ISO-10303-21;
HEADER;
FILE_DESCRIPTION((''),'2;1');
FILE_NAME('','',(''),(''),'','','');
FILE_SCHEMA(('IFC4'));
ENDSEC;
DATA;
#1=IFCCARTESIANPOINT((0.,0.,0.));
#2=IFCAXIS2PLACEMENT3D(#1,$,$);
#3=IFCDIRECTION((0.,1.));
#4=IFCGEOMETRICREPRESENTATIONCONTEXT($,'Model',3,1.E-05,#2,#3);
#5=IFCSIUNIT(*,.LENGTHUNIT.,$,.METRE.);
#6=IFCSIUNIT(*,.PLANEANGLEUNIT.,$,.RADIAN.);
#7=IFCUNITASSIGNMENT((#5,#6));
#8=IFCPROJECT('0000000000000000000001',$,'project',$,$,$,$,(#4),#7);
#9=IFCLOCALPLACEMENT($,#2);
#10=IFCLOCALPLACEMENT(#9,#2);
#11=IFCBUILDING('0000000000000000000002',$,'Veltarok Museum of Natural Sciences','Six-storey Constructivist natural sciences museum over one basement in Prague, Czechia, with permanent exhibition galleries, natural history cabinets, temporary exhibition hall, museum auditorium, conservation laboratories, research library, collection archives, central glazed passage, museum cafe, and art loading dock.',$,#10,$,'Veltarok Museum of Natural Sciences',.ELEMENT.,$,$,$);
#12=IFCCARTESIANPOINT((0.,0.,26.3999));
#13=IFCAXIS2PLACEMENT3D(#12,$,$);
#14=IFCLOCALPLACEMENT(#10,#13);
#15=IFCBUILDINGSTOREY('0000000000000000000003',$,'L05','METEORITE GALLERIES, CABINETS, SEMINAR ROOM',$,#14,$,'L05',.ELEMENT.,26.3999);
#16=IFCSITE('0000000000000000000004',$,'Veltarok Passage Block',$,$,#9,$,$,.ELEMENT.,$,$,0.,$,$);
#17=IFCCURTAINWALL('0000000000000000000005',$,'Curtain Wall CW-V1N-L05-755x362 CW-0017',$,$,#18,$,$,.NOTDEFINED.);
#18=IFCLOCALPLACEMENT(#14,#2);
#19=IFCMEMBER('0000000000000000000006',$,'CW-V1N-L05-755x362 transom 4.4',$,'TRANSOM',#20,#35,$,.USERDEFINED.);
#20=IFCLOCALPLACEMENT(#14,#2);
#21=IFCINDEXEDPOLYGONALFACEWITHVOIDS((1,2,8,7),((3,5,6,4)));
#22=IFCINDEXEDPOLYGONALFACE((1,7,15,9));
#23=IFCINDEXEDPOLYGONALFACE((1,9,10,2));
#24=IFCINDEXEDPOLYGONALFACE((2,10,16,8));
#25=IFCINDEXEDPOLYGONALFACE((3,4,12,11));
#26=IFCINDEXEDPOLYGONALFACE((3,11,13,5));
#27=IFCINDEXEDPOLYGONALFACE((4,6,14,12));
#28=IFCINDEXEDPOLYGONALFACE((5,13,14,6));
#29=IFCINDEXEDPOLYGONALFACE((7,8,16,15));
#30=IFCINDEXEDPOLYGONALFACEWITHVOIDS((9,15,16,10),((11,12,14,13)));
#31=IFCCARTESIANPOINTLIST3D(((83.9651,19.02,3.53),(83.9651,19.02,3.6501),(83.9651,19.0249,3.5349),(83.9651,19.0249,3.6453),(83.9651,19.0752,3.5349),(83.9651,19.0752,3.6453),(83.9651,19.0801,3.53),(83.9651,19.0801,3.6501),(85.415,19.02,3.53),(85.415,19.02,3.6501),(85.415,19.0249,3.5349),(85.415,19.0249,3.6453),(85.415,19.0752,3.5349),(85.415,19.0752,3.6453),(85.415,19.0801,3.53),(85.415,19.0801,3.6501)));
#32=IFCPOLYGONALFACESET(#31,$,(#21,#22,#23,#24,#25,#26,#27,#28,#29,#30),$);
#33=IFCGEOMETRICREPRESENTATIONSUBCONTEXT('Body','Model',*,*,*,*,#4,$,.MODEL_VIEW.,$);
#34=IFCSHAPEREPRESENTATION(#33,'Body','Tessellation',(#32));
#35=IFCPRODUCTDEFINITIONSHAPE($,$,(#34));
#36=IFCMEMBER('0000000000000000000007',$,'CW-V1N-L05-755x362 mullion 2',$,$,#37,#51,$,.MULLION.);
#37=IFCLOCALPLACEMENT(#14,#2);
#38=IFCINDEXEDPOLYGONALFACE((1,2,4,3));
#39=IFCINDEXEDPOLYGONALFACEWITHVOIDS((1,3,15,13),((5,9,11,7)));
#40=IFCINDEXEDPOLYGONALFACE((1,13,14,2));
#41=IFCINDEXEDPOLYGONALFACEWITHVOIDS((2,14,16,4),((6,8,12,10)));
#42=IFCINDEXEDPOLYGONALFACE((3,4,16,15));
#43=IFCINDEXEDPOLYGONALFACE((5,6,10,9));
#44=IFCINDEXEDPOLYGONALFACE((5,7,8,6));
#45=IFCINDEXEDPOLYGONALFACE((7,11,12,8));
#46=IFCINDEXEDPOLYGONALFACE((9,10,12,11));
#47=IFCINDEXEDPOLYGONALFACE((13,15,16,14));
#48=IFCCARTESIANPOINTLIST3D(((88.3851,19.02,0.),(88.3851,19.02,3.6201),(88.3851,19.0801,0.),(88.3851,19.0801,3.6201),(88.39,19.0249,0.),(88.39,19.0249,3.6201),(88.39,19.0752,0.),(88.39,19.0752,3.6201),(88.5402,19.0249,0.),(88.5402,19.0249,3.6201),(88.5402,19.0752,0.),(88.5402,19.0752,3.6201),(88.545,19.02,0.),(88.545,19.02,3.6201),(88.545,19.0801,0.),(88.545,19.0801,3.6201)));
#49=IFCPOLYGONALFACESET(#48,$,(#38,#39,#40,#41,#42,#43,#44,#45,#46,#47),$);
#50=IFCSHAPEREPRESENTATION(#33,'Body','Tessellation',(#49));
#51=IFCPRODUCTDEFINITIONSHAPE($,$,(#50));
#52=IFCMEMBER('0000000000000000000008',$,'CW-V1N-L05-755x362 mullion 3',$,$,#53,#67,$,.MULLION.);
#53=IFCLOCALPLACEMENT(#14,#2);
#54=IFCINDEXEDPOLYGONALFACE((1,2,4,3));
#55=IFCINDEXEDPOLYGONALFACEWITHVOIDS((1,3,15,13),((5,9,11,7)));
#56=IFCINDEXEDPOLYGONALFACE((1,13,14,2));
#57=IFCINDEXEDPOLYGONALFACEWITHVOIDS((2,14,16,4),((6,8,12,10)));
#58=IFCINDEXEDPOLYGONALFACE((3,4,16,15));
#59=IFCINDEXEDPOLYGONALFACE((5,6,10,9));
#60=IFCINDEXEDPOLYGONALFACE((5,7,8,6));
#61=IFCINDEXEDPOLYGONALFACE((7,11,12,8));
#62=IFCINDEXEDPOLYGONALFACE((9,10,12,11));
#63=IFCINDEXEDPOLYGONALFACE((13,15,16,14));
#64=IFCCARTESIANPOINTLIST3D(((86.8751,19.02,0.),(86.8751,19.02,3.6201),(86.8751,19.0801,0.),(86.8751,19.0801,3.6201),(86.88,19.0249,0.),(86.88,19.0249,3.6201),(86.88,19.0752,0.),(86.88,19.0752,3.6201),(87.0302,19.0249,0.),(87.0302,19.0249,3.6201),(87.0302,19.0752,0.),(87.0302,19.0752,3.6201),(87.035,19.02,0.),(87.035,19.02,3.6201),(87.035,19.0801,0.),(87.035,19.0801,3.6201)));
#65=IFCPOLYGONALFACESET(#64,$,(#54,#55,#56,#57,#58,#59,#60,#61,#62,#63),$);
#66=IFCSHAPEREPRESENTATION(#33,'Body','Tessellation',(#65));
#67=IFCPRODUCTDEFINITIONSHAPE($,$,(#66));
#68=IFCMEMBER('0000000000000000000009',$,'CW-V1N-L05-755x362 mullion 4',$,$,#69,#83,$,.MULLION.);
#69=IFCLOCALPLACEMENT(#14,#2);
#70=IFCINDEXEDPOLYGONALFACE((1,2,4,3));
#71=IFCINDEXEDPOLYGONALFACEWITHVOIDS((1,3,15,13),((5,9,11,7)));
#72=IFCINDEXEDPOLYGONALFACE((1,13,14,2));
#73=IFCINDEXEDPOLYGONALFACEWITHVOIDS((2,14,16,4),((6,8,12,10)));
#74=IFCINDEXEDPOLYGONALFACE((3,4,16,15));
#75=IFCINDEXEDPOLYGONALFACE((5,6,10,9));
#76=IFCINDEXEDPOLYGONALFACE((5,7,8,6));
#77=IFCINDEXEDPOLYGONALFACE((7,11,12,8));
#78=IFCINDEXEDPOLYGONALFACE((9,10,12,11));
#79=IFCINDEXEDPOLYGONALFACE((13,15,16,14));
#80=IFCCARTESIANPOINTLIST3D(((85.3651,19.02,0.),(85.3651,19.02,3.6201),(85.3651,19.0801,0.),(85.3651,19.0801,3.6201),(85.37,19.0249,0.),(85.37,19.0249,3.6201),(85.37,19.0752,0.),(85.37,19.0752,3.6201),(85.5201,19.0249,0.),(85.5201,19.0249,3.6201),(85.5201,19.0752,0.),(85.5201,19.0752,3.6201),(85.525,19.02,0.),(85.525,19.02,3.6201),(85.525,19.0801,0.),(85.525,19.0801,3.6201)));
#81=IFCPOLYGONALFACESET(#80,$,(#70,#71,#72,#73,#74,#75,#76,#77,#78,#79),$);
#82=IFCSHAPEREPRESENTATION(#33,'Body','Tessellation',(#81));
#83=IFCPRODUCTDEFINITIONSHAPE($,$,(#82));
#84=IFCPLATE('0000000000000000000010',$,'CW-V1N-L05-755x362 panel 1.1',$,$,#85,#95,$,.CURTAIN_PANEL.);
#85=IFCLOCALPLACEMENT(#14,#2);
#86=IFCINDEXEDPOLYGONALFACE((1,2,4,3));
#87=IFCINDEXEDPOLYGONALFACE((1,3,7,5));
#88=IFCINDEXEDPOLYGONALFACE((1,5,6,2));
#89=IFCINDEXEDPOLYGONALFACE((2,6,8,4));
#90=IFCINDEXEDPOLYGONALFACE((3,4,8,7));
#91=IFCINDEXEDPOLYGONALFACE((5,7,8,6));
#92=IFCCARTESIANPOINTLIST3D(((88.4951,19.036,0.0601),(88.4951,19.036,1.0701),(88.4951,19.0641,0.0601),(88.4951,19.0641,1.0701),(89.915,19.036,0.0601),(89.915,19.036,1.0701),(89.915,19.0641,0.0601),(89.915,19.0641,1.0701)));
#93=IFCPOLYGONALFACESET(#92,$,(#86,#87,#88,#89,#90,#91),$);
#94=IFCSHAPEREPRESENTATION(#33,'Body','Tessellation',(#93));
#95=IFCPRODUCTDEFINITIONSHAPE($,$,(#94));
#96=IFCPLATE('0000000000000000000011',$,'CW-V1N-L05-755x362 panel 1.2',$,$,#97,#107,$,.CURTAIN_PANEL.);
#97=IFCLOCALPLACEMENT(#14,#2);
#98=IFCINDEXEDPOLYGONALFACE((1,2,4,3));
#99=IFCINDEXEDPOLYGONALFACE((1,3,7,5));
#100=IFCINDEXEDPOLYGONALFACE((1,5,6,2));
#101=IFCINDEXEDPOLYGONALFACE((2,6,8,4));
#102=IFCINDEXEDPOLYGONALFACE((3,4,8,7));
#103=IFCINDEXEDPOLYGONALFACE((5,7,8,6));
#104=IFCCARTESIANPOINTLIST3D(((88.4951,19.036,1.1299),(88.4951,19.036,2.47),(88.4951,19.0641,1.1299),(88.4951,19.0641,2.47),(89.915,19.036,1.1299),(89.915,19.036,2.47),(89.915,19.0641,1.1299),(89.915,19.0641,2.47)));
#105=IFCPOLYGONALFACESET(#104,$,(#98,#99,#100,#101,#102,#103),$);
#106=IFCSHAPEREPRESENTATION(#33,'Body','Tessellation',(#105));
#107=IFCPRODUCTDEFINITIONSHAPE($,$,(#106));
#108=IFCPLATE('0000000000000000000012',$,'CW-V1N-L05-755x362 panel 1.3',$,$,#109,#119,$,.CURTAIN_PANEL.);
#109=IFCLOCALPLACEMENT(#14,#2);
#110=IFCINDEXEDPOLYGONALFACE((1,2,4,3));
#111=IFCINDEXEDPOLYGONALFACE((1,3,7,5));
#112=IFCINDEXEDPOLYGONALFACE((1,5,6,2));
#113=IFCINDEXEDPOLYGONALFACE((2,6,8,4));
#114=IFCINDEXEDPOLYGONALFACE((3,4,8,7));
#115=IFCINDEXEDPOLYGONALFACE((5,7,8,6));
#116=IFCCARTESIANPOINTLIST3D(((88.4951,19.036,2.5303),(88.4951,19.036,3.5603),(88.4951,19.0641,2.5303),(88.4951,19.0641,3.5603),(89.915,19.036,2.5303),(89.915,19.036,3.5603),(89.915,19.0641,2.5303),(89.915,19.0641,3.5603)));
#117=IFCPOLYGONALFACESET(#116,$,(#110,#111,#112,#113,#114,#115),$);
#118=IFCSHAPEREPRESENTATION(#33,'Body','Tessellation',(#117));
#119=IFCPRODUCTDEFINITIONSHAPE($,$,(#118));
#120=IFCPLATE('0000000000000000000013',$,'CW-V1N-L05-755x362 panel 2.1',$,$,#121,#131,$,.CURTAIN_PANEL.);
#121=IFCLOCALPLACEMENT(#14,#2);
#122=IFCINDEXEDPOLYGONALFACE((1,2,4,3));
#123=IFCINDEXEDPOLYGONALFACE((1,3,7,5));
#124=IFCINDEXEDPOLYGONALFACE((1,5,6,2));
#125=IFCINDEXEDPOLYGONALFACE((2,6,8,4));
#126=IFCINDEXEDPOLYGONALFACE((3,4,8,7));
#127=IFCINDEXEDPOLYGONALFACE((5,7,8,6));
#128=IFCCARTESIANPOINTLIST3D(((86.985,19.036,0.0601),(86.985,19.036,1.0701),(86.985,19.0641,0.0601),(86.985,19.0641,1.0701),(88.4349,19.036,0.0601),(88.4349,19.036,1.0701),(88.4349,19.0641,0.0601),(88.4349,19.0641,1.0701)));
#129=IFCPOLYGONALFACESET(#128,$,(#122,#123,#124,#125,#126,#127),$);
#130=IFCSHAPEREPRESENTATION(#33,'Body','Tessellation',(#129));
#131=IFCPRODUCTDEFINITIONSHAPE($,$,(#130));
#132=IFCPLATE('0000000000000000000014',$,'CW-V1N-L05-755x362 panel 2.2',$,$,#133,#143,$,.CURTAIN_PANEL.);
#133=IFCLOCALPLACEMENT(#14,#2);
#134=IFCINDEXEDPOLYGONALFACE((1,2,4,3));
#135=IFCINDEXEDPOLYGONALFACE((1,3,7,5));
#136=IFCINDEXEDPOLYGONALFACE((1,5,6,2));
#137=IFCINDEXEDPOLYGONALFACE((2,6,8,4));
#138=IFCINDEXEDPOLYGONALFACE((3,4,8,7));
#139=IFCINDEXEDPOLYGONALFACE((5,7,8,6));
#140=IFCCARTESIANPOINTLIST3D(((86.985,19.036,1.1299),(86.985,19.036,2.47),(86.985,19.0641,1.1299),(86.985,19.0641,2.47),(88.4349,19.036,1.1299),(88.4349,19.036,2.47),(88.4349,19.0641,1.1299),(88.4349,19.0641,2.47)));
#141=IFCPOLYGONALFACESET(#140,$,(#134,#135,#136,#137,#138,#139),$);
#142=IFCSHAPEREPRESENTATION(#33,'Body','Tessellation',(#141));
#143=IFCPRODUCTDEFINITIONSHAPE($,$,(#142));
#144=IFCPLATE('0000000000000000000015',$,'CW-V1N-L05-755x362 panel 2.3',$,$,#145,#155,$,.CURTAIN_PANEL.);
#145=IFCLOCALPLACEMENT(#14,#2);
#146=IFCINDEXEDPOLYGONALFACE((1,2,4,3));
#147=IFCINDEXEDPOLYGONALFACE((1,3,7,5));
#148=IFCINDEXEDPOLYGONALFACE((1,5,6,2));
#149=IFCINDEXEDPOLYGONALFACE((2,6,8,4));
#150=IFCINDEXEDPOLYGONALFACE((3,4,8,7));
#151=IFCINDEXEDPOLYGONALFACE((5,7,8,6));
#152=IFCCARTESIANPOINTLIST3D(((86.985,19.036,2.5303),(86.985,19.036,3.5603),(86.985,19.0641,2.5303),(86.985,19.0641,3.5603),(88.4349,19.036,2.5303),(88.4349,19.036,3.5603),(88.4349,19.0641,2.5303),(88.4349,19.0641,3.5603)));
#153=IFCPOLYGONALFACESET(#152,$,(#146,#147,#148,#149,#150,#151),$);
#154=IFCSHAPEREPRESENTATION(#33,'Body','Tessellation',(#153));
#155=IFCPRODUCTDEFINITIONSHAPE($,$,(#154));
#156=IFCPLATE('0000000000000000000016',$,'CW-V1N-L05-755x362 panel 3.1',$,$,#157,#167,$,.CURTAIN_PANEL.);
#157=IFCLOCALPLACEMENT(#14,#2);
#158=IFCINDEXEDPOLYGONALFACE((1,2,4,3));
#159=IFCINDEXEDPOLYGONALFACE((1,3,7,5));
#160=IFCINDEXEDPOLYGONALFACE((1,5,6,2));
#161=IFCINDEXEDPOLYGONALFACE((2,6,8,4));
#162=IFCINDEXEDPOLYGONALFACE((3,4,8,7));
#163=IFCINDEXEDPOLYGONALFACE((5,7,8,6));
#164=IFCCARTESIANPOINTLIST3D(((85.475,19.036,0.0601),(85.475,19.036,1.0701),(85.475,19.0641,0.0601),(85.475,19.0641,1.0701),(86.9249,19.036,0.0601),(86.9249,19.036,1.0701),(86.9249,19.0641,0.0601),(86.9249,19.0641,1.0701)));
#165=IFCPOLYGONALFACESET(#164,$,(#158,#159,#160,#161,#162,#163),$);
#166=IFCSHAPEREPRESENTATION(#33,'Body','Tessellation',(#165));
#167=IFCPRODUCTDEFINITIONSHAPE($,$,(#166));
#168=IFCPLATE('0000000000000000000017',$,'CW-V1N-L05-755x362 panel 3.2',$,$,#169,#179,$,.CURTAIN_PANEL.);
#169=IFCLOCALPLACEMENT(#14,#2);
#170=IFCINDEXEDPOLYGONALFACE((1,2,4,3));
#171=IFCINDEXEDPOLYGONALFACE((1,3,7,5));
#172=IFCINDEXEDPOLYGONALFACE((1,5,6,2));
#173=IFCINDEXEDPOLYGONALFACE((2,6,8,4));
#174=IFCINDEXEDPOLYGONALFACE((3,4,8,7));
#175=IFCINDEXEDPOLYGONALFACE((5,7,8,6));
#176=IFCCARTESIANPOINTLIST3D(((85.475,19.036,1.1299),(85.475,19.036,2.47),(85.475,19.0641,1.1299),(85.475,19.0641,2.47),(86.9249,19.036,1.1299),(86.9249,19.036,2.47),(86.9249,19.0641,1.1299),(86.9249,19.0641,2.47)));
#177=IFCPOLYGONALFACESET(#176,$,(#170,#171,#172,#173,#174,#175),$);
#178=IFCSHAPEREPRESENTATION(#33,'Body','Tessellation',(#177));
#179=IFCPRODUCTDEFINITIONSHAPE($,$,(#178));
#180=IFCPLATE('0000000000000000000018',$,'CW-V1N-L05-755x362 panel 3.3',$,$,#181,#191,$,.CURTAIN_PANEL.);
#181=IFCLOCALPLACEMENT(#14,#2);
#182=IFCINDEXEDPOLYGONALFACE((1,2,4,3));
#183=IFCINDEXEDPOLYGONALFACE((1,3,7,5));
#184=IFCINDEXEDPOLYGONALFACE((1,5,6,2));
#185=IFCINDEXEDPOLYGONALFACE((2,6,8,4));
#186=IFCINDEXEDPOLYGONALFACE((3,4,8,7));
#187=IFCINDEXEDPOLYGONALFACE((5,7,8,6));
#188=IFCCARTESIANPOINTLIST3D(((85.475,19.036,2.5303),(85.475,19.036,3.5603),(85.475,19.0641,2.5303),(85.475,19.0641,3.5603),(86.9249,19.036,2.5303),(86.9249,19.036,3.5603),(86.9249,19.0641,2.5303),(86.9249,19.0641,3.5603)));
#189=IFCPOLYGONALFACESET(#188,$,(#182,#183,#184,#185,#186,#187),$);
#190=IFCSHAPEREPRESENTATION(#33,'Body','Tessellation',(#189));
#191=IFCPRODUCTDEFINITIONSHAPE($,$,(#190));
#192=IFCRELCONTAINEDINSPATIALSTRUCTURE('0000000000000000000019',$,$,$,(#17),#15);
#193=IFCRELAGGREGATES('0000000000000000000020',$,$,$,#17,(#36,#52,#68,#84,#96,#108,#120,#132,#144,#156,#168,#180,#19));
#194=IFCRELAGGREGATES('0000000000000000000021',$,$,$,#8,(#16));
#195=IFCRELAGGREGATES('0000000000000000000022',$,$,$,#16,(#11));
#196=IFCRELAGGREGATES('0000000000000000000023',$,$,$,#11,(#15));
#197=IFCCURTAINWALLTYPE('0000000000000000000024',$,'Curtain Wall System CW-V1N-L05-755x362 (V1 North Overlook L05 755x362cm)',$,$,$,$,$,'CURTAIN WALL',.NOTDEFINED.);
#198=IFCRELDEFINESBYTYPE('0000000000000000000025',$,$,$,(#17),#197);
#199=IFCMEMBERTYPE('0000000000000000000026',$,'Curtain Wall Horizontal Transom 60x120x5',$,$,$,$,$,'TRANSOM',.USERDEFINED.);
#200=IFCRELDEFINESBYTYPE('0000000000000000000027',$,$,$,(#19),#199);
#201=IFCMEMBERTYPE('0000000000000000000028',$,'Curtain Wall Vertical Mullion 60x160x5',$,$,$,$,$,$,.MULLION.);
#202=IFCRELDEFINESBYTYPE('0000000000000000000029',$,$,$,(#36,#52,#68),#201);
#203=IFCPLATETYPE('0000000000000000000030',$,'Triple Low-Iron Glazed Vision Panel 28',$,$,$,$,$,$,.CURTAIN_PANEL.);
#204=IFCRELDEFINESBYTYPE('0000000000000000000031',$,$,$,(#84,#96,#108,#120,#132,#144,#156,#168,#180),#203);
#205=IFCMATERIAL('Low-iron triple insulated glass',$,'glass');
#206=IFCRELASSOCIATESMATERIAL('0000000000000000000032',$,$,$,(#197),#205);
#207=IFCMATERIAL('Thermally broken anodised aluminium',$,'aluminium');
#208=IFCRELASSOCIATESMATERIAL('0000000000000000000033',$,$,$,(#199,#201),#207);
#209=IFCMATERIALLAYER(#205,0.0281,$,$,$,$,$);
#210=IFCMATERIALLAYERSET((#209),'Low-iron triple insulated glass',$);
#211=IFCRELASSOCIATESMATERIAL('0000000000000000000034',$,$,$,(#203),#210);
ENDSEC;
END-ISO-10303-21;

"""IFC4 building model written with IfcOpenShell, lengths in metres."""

from ifc_helpers import new_model, si_unit, direction, frame, origin, origin_2d, place, context, subcontext, project, spatial, rectangle, hollow_rectangle, extrude, material, layer, layer_set, material_profile, profile_set, type_object, element, aggregate, save


model = new_model("IFC4")

# Units and contexts
model_context = context("Model", 3, precision=1e-05, world=origin(), true_north=direction((0.0, 1.0)))
body_context = subcontext(model_context, "Body", "Model", "MODEL_VIEW")
ifc_project = project(units=[si_unit("LENGTHUNIT", "METRE"), si_unit("PLANEANGLEUNIT", "RADIAN")], contexts=[model_context])

# Site, building, storey
site_placement = place(None, origin())
site = spatial("IfcSite", under=ifc_project, at=site_placement, Name="Veltarok Passage Block", CompositionType="ELEMENT", RefElevation=0.0)
building_placement = place(site_placement, origin())
building = spatial("IfcBuilding", under=site, at=building_placement, Name="Veltarok Museum of Natural Sciences", Description="Six-storey Constructivist natural sciences museum over one basement in Prague, Czechia, with permanent exhibition galleries, natural history cabinets, temporary exhibition hall, museum auditorium, conservation laboratories, research library, collection archives, central glazed passage, museum cafe, and art loading dock.", LongName="Veltarok Museum of Natural Sciences", CompositionType="ELEMENT")
storey_placement = place(building_placement, frame((0.0, 0.0, 26.3999)))
storey = spatial("IfcBuildingStorey", under=building, at=storey_placement, Name="L05", Description="METEORITE GALLERIES, CABINETS, SEMINAR ROOM", LongName="L05", CompositionType="ELEMENT", Elevation=26.3999)

# Curtain wall, members, plates
ifc_material_1 = material(Name="Low-iron triple insulated glass", Category="glass")
curtain_wall_type = type_object("IfcCurtainWallType", Name="Curtain Wall System CW-V1N-L05-755x362 (V1 North Overlook L05 755x362cm)", ElementType="CURTAIN WALL", PredefinedType="NOTDEFINED", material=ifc_material_1)
curtain_wall_placement = place(storey_placement, origin())
curtain_wall = element("IfcCurtainWall", 1, at=curtain_wall_placement, inside=storey, type_object=curtain_wall_type, Name="Curtain Wall CW-V1N-L05-755x362 CW-0017", PredefinedType="NOTDEFINED")
ifc_material_2 = material(Name="Thermally broken anodised aluminium", Category="aluminium")
ifc_material_profile_1 = material_profile(ifc_material_2, hollow_rectangle(XDim=0.0601, YDim=0.1201, WallThickness=0.0049, at=origin_2d()), Name="CW TRANSOM 60x120x5")
ifc_profile_set_1 = profile_set([ifc_material_profile_1], Name="Thermally broken anodised aluminium")
member_type_1 = type_object("IfcMemberType", Name="Curtain Wall Horizontal Transom 60x120x5", ElementType="TRANSOM", PredefinedType="USERDEFINED", material=ifc_profile_set_1)
member_1_placement = place(storey_placement, frame((85.415, 19.05, 3.5901), z_axis=(-1.0, 0.0, 0.0), x_axis=(0.0, -1.0, 0.0)))
member_1 = element("IfcMember", 2, at=member_1_placement, type_object=member_type_1, Name="CW-V1N-L05-755x362 transom 4.4", ObjectType="TRANSOM", PredefinedType="USERDEFINED", context=body_context, shape_type="SweptSolid", body=[
    extrude(hollow_rectangle(XDim=0.0601, YDim=0.1201, WallThickness=0.0049, at=origin_2d()), origin(), (0.0, 0.0, 1.0), 1.45),
])
ifc_material_profile_2 = material_profile(ifc_material_2, hollow_rectangle(XDim=0.0601, YDim=0.1599, WallThickness=0.0049, at=origin_2d()), Name="CW MULLION 60x160x5")
ifc_profile_set_2 = profile_set([ifc_material_profile_2], Name="Thermally broken anodised aluminium")
member_type_2 = type_object("IfcMemberType", Name="Curtain Wall Vertical Mullion 60x160x5", PredefinedType="MULLION", material=ifc_profile_set_2)
member_2_placement = place(storey_placement, frame((88.4651, 19.05, 0.0), z_axis=(0.0, 0.0, 1.0), x_axis=(0.0, -1.0, 0.0)))
member_2 = element("IfcMember", 3, at=member_2_placement, type_object=member_type_2, Name="CW-V1N-L05-755x362 mullion 2", PredefinedType="MULLION", context=body_context, shape_type="SweptSolid", body=[
    extrude(hollow_rectangle(XDim=0.0601, YDim=0.1599, WallThickness=0.0049, at=origin_2d()), origin(), (0.0, 0.0, 1.0), 3.6201),
])
member_3_placement = place(storey_placement, frame((86.9551, 19.05, 0.0), z_axis=(0.0, 0.0, 1.0), x_axis=(0.0, -1.0, 0.0)))
member_3 = element("IfcMember", 4, at=member_3_placement, type_object=member_type_2, Name="CW-V1N-L05-755x362 mullion 3", PredefinedType="MULLION", context=body_context, shape_type="SweptSolid", body=[
    extrude(hollow_rectangle(XDim=0.0601, YDim=0.1599, WallThickness=0.0049, at=origin_2d()), origin(), (0.0, 0.0, 1.0), 3.6201),
])
member_4_placement = place(storey_placement, frame((85.4451, 19.05, 0.0), z_axis=(0.0, 0.0, 1.0), x_axis=(0.0, -1.0, 0.0)))
member_4 = element("IfcMember", 5, at=member_4_placement, type_object=member_type_2, Name="CW-V1N-L05-755x362 mullion 4", PredefinedType="MULLION", context=body_context, shape_type="SweptSolid", body=[
    extrude(hollow_rectangle(XDim=0.0601, YDim=0.1599, WallThickness=0.0049, at=origin_2d()), origin(), (0.0, 0.0, 1.0), 3.6201),
])
ifc_layer = layer(ifc_material_1, 0.0281)
ifc_layer_set = layer_set([ifc_layer], Name="Low-iron triple insulated glass")
plate_type = type_object("IfcPlateType", Name="Triple Low-Iron Glazed Vision Panel 28", PredefinedType="CURTAIN_PANEL", material=ifc_layer_set)
plate_1_placement = place(storey_placement, frame((89.2051, 19.05, 0.0601), z_axis=(0.0, 0.0, 1.0), x_axis=(-1.0, 0.0, 0.0)))
plate_1 = element("IfcPlate", 6, at=plate_1_placement, type_object=plate_type, Name="CW-V1N-L05-755x362 panel 1.1", PredefinedType="CURTAIN_PANEL", context=body_context, shape_type="SweptSolid", body=[
    extrude(rectangle(XDim=1.4199, YDim=0.0281, at=origin_2d()), origin(), (0.0, 0.0, 1.0), 1.01),
])
plate_2_placement = place(storey_placement, frame((89.2051, 19.05, 1.1299), z_axis=(0.0, 0.0, 1.0), x_axis=(-1.0, 0.0, 0.0)))
plate_2 = element("IfcPlate", 7, at=plate_2_placement, type_object=plate_type, Name="CW-V1N-L05-755x362 panel 1.2", PredefinedType="CURTAIN_PANEL", context=body_context, shape_type="SweptSolid", body=[
    extrude(rectangle(XDim=1.4199, YDim=0.0281, at=origin_2d()), origin(), (0.0, 0.0, 1.0), 1.3401),
])
plate_3_placement = place(storey_placement, frame((89.2051, 19.05, 2.5303), z_axis=(0.0, 0.0, 1.0), x_axis=(-1.0, 0.0, 0.0)))
plate_3 = element("IfcPlate", 8, at=plate_3_placement, type_object=plate_type, Name="CW-V1N-L05-755x362 panel 1.3", PredefinedType="CURTAIN_PANEL", context=body_context, shape_type="SweptSolid", body=[
    extrude(rectangle(XDim=1.4199, YDim=0.0281, at=origin_2d()), origin(), (0.0, 0.0, 1.0), 1.03),
])
plate_4_placement = place(storey_placement, frame((87.71, 19.05, 0.0601), z_axis=(0.0, 0.0, 1.0), x_axis=(-1.0, 0.0, 0.0)))
plate_4 = element("IfcPlate", 9, at=plate_4_placement, type_object=plate_type, Name="CW-V1N-L05-755x362 panel 2.1", PredefinedType="CURTAIN_PANEL", context=body_context, shape_type="SweptSolid", body=[
    extrude(rectangle(XDim=1.45, YDim=0.0281, at=origin_2d()), origin(), (0.0, 0.0, 1.0), 1.01),
])
plate_5_placement = place(storey_placement, frame((87.71, 19.05, 1.1299), z_axis=(0.0, 0.0, 1.0), x_axis=(-1.0, 0.0, 0.0)))
plate_5 = element("IfcPlate", 10, at=plate_5_placement, type_object=plate_type, Name="CW-V1N-L05-755x362 panel 2.2", PredefinedType="CURTAIN_PANEL", context=body_context, shape_type="SweptSolid", body=[
    extrude(rectangle(XDim=1.45, YDim=0.0281, at=origin_2d()), origin(), (0.0, 0.0, 1.0), 1.3401),
])
plate_6_placement = place(storey_placement, frame((87.71, 19.05, 2.5303), z_axis=(0.0, 0.0, 1.0), x_axis=(-1.0, 0.0, 0.0)))
plate_6 = element("IfcPlate", 11, at=plate_6_placement, type_object=plate_type, Name="CW-V1N-L05-755x362 panel 2.3", PredefinedType="CURTAIN_PANEL", context=body_context, shape_type="SweptSolid", body=[
    extrude(rectangle(XDim=1.45, YDim=0.0281, at=origin_2d()), origin(), (0.0, 0.0, 1.0), 1.03),
])
plate_7_placement = place(storey_placement, frame((86.2, 19.05, 0.0601), z_axis=(0.0, 0.0, 1.0), x_axis=(-1.0, 0.0, 0.0)))
plate_7 = element("IfcPlate", 12, at=plate_7_placement, type_object=plate_type, Name="CW-V1N-L05-755x362 panel 3.1", PredefinedType="CURTAIN_PANEL", context=body_context, shape_type="SweptSolid", body=[
    extrude(rectangle(XDim=1.45, YDim=0.0281, at=origin_2d()), origin(), (0.0, 0.0, 1.0), 1.01),
])
plate_8_placement = place(storey_placement, frame((86.2, 19.05, 1.1299), z_axis=(0.0, 0.0, 1.0), x_axis=(-1.0, 0.0, 0.0)))
plate_8 = element("IfcPlate", 13, at=plate_8_placement, type_object=plate_type, Name="CW-V1N-L05-755x362 panel 3.2", PredefinedType="CURTAIN_PANEL", context=body_context, shape_type="SweptSolid", body=[
    extrude(rectangle(XDim=1.45, YDim=0.0281, at=origin_2d()), origin(), (0.0, 0.0, 1.0), 1.3401),
])
plate_9_placement = place(storey_placement, frame((86.2, 19.05, 2.5303), z_axis=(0.0, 0.0, 1.0), x_axis=(-1.0, 0.0, 0.0)))
plate_9 = element("IfcPlate", 14, at=plate_9_placement, type_object=plate_type, Name="CW-V1N-L05-755x362 panel 3.3", PredefinedType="CURTAIN_PANEL", context=body_context, shape_type="SweptSolid", body=[
    extrude(rectangle(XDim=1.45, YDim=0.0281, at=origin_2d()), origin(), (0.0, 0.0, 1.0), 1.03),
])
aggregate(curtain_wall, [member_2, member_3, member_4, plate_1, plate_2, plate_3, plate_4, plate_5, plate_6, plate_7, plate_8, plate_9, member_1])

save(model, "model.ifc")
